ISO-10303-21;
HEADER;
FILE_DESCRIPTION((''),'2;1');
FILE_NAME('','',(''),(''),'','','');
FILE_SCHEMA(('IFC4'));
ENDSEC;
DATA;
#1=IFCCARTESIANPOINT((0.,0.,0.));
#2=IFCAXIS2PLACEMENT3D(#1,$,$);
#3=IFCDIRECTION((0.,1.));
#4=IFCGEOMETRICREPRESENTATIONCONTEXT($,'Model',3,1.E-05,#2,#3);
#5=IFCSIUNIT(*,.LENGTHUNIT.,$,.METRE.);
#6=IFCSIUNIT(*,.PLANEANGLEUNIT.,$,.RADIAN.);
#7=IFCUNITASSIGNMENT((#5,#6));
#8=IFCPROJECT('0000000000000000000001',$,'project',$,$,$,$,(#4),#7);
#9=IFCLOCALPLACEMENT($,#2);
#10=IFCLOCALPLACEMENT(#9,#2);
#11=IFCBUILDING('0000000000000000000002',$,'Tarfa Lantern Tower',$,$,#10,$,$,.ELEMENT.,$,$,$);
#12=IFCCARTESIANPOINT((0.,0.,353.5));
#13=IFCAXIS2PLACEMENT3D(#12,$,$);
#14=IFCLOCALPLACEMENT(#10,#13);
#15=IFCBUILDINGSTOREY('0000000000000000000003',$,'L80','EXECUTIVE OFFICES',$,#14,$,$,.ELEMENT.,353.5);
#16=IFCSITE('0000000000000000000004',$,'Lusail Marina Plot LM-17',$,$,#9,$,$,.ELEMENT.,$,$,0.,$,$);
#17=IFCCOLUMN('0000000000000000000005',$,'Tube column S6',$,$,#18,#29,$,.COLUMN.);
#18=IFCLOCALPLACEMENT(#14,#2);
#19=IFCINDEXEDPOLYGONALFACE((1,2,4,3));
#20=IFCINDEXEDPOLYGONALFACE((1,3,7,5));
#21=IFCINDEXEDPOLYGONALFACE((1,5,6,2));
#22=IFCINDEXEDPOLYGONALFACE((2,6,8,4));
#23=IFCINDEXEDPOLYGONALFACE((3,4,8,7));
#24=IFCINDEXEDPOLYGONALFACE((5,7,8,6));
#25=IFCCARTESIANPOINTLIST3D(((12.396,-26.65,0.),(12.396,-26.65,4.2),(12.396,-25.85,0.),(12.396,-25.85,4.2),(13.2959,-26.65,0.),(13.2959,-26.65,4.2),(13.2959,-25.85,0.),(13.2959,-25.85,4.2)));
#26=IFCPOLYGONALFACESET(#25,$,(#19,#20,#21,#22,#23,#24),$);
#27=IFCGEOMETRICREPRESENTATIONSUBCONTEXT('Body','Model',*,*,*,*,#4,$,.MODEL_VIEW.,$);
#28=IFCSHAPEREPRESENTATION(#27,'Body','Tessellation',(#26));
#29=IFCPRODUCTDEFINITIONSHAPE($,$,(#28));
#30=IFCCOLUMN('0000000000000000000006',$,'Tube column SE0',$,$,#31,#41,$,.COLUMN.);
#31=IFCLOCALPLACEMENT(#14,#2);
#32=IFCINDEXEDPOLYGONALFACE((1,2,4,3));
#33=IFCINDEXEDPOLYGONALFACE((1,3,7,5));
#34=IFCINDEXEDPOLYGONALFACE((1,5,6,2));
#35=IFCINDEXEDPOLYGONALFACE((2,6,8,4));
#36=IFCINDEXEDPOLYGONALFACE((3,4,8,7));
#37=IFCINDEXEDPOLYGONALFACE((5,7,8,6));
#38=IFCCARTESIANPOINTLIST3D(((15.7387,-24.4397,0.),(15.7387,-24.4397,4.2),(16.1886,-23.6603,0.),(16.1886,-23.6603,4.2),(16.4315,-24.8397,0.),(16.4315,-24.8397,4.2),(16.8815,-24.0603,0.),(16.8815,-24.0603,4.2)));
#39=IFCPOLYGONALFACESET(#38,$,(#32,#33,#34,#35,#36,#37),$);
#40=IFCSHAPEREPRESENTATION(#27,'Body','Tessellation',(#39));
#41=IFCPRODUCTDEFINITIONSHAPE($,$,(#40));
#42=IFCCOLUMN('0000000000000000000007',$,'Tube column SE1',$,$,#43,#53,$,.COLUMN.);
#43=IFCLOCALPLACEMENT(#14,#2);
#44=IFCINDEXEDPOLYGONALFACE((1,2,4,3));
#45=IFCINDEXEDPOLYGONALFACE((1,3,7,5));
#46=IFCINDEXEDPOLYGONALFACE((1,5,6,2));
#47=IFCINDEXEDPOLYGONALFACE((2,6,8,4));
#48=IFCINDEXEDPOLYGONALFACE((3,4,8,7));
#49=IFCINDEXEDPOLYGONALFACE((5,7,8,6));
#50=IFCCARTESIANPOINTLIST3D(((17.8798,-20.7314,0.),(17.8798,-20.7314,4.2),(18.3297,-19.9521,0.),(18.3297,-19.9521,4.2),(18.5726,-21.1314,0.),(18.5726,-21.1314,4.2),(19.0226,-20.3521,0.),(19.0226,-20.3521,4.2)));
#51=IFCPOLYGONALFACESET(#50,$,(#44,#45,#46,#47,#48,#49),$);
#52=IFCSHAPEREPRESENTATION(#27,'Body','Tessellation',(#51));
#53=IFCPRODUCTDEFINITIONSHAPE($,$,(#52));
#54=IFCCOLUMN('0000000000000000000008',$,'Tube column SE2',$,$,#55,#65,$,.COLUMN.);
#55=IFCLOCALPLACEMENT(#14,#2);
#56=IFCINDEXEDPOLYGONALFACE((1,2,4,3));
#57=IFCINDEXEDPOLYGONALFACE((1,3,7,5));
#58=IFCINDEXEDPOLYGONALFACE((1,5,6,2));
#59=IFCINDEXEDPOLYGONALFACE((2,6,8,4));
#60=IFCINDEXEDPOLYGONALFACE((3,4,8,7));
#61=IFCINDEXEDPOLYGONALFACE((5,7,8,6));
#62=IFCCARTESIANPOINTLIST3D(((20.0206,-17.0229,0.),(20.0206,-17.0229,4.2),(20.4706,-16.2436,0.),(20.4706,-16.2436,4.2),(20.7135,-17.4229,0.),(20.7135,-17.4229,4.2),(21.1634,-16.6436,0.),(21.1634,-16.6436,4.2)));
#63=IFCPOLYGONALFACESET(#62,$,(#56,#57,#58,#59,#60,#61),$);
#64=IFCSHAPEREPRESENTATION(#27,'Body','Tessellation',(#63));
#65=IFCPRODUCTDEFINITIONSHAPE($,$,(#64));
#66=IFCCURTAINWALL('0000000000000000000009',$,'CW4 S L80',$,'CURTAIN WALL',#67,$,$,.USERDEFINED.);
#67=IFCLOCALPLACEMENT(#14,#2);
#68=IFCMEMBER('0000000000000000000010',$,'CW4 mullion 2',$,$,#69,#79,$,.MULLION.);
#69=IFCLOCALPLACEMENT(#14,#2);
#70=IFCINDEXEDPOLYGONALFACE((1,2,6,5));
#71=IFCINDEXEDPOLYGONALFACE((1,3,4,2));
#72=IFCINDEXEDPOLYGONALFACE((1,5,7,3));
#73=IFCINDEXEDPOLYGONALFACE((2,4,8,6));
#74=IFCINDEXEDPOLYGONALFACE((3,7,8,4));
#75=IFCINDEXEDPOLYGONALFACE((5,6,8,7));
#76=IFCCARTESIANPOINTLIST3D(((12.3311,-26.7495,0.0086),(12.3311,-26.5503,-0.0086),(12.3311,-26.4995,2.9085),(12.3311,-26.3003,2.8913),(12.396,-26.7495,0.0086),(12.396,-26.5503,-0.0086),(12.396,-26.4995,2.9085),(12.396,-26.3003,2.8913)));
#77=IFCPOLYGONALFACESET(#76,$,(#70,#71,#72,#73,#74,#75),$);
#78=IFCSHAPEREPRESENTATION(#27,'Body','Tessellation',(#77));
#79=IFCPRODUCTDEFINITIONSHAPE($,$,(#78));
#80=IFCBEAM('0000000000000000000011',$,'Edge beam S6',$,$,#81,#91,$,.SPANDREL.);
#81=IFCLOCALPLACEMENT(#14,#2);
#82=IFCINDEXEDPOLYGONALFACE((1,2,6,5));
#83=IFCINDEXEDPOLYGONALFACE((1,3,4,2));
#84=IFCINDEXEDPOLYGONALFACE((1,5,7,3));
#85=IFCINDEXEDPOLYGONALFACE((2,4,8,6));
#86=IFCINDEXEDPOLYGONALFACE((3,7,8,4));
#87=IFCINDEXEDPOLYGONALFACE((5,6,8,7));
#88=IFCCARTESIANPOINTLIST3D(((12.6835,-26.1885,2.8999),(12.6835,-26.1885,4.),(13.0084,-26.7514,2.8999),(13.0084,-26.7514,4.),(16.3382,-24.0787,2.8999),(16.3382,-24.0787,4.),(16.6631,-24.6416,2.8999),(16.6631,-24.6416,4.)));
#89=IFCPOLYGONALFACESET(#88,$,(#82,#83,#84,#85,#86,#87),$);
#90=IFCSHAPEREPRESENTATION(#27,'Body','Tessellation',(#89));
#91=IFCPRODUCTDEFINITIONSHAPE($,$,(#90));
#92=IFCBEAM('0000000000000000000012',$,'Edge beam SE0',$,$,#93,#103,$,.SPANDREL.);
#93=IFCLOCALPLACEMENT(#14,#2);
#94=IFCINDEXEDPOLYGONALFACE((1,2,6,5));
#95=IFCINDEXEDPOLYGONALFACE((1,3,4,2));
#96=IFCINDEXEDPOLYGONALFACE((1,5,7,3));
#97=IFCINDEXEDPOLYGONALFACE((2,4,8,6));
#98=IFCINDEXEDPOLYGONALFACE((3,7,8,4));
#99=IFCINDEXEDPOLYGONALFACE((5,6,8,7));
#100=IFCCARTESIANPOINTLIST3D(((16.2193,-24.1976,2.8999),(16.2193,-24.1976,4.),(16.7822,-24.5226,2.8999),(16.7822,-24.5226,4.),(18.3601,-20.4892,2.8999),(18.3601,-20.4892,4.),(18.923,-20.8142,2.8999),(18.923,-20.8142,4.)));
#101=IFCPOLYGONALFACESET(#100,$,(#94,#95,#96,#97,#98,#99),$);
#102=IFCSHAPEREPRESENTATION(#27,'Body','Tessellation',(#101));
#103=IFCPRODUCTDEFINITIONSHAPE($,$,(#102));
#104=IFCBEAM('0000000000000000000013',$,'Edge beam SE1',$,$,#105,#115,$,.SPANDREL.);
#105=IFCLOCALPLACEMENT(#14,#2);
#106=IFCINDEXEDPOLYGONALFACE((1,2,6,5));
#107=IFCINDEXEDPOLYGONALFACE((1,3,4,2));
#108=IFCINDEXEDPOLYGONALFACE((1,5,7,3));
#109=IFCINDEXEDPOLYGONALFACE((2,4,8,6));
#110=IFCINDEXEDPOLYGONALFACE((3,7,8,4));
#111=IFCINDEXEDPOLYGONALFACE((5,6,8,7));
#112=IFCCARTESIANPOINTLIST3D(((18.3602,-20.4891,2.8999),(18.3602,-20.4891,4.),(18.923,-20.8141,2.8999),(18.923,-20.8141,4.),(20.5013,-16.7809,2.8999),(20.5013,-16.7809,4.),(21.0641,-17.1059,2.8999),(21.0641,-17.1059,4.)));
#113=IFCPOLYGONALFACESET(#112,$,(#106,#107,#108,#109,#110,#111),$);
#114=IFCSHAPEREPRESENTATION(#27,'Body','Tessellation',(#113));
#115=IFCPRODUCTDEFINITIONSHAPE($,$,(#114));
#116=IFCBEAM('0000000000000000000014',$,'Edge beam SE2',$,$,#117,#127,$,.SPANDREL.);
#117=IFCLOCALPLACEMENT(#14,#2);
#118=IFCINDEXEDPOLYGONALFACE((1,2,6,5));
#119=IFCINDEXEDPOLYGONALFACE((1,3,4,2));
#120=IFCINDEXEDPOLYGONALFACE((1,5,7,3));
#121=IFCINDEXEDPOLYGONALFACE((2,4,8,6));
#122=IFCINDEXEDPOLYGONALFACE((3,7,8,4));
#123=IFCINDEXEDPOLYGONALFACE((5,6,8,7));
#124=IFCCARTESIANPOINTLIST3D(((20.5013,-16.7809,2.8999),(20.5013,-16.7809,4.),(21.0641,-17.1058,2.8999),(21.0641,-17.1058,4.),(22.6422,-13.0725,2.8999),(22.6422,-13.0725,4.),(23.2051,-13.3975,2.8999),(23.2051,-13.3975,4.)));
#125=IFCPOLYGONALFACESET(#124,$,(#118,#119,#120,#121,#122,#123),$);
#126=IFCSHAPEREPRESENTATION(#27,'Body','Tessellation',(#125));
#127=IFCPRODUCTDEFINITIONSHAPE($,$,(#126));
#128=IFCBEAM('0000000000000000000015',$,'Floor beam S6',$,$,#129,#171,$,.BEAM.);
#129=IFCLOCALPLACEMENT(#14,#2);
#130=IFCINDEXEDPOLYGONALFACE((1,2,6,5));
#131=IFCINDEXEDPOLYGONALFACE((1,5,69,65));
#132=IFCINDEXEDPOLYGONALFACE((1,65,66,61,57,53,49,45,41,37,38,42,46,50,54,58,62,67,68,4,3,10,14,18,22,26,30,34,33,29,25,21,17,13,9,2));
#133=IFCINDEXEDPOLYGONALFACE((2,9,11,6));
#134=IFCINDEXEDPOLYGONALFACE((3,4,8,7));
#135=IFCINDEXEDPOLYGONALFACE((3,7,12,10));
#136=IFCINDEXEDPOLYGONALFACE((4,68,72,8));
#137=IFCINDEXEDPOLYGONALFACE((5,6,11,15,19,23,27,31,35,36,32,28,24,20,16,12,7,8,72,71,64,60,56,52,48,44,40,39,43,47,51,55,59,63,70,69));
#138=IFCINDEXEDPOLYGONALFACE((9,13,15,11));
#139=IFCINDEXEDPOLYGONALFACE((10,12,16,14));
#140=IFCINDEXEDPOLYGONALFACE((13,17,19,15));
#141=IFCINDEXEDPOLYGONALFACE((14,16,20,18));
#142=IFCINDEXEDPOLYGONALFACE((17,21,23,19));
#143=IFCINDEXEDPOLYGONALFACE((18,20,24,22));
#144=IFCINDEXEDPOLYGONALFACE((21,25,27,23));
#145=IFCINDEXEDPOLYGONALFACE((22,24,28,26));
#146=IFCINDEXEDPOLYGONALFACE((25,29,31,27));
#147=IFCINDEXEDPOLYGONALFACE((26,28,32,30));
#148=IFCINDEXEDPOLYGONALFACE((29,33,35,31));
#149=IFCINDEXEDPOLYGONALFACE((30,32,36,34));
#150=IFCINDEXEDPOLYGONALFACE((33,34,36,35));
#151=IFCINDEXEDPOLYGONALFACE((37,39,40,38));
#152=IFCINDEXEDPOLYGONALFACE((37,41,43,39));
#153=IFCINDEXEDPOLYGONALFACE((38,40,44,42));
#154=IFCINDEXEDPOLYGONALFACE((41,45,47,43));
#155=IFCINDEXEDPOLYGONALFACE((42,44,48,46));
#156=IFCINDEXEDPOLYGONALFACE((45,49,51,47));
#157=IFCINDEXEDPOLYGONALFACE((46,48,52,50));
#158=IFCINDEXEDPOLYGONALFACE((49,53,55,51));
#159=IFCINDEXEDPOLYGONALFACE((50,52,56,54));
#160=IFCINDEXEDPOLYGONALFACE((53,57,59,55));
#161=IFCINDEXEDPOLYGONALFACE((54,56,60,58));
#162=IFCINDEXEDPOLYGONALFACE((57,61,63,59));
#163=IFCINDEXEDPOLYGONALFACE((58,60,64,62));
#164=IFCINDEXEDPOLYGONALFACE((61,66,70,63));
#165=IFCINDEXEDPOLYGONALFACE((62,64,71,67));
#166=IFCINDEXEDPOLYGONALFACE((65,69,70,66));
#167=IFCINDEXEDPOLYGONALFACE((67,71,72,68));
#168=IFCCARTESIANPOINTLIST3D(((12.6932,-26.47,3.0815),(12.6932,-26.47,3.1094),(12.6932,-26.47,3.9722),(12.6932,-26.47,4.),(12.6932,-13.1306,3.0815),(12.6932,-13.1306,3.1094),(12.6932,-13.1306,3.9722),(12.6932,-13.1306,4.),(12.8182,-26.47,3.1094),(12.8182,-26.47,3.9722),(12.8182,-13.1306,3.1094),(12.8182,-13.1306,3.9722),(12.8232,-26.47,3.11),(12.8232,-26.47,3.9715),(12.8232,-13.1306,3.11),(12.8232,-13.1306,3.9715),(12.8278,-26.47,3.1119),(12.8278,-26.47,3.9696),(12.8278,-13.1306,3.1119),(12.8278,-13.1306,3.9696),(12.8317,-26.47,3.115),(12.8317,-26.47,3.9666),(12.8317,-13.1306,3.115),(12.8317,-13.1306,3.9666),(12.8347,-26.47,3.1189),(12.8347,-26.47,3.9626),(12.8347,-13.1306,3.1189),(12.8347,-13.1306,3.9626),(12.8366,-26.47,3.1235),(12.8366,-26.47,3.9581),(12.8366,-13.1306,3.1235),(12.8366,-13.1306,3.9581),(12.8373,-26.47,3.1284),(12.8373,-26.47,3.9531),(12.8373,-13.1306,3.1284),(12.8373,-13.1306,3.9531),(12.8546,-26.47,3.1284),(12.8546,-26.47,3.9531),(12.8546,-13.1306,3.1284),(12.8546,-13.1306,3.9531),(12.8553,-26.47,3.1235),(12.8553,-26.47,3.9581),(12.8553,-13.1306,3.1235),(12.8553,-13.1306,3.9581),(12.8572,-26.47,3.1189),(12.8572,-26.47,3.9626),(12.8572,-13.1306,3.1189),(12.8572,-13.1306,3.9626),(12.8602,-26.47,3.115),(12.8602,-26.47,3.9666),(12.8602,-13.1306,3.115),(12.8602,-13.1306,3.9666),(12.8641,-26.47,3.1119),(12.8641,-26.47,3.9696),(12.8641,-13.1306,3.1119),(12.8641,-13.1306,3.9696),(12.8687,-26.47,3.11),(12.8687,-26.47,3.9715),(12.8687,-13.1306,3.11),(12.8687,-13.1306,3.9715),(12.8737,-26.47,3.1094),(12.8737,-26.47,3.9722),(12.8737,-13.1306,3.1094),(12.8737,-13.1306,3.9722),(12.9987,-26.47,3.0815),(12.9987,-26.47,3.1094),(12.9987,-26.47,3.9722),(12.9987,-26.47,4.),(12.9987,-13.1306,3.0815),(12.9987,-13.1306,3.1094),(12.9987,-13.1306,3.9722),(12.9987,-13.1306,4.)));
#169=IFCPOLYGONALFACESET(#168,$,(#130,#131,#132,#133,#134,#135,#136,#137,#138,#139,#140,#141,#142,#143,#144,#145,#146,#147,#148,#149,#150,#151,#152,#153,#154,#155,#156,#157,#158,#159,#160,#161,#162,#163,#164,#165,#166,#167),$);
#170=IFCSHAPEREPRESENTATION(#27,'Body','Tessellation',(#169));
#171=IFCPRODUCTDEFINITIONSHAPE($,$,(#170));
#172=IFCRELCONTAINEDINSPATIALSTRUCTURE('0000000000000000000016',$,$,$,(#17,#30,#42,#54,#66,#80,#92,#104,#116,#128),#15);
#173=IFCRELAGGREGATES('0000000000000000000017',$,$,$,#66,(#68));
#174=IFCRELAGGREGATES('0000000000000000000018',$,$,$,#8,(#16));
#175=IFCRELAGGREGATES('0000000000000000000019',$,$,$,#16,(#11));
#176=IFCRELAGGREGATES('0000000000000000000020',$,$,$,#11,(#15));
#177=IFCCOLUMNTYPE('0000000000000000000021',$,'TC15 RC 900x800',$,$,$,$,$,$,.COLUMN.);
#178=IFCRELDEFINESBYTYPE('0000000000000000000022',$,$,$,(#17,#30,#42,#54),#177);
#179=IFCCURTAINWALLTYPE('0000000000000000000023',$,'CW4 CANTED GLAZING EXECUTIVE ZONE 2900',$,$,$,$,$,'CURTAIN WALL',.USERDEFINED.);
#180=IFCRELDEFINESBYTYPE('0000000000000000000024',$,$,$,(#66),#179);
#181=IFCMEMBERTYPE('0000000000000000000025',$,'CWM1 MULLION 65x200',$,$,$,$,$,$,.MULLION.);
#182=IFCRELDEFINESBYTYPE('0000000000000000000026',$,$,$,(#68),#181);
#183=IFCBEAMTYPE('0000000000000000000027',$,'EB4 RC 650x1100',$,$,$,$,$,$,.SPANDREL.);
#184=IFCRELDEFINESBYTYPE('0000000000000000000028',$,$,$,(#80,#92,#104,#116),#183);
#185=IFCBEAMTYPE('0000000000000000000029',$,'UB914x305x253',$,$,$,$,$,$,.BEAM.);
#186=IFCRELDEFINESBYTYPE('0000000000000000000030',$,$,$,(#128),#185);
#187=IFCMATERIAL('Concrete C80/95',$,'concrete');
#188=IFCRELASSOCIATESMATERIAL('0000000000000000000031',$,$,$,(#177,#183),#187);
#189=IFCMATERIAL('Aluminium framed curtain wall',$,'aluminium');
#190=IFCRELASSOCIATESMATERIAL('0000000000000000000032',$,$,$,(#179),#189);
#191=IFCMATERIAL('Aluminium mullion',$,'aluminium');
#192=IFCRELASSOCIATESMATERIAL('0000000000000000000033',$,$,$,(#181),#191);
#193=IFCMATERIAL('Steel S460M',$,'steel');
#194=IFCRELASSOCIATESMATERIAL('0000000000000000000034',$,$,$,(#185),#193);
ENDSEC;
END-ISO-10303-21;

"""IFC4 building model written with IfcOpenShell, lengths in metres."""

from ifc_helpers import new_model, si_unit, direction, frame, origin, origin_2d, place, context, subcontext, project, spatial, rectangle, i_section, extrude, material, material_profile, profile_set, type_object, element, aggregate, save


model = new_model("IFC4")

# Units and contexts
model_context = context("Model", 3, precision=1e-05, world=origin(), true_north=direction((0.0, 1.0)))
body_context = subcontext(model_context, "Body", "Model", "MODEL_VIEW")
ifc_project = project(units=[si_unit("LENGTHUNIT", "METRE"), si_unit("PLANEANGLEUNIT", "RADIAN")], contexts=[model_context])

# Site, building, storey
site_placement = place(None, origin())
site = spatial("IfcSite", under=ifc_project, at=site_placement, Name="Lusail Marina Plot LM-17", CompositionType="ELEMENT", RefElevation=0.0)
building_placement = place(site_placement, origin())
building = spatial("IfcBuilding", under=site, at=building_placement, Name="Tarfa Lantern Tower", CompositionType="ELEMENT")
storey_placement = place(building_placement, frame((0.0, 0.0, 353.5)))
storey = spatial("IfcBuildingStorey", under=building, at=storey_placement, Name="L80", Description="EXECUTIVE OFFICES", CompositionType="ELEMENT", Elevation=353.5)

# Columns
ifc_material_1 = material(Name="Concrete C80/95", Category="concrete")
ifc_material_profile_1 = material_profile(ifc_material_1, rectangle(XDim=0.8999, YDim=0.8, at=origin_2d()), Name="RC 900x800")
ifc_profile_set_1 = profile_set([ifc_material_profile_1], Name="Concrete C80/95")
column_type = type_object("IfcColumnType", Name="TC15 RC 900x800", PredefinedType="COLUMN", material=ifc_profile_set_1)
for number, where, z_axis, x_axis, name in (
    (1, (12.8459, -26.25, 0.0), (0.0, 0.0, 1.0), (1.0, 0.0, 0.0), "Tube column S6"),
    (2, (16.3101, -24.25, 0.0), (0.0, 0.0, 1.0), (0.5, 0.866025, 0.0), "Tube column SE0"),
    (3, (18.4512, -20.5417, 0.0), (0.0, 0.0, 1.0), (0.5, 0.866025, 0.0), "Tube column SE1"),
    (4, (20.592, -16.8333, 0.0), (0.0, 0.0, 1.0), (0.5, 0.866025, 0.0), "Tube column SE2"),
):
    element("IfcColumn", number, at=place(storey_placement, frame(where, z_axis=z_axis, x_axis=x_axis)), inside=storey, type_object=column_type, Name=name, PredefinedType="COLUMN", context=body_context, shape_type="SweptSolid", body=[
        extrude(rectangle(XDim=0.8999, YDim=0.8, at=origin_2d()), origin(), (0.0, 0.0, 1.0), 4.2),
    ])

# Curtain wall, member
ifc_material_2 = material(Name="Aluminium framed curtain wall", Category="aluminium")
curtain_wall_type = type_object("IfcCurtainWallType", Name="CW4 CANTED GLAZING EXECUTIVE ZONE 2900", ElementType="CURTAIN WALL", PredefinedType="USERDEFINED", material=ifc_material_2)
curtain_wall_placement = place(storey_placement, origin())
curtain_wall = element("IfcCurtainWall", 5, at=curtain_wall_placement, inside=storey, type_object=curtain_wall_type, Name="CW4 S L80", ObjectType="CURTAIN WALL", PredefinedType="USERDEFINED")
ifc_material_3 = material(Name="Aluminium mullion", Category="aluminium")
ifc_material_profile_2 = material_profile(ifc_material_3, rectangle(XDim=0.0649, YDim=0.2, at=origin_2d()), Name="AL MULLION 65x200")
ifc_profile_set_2 = profile_set([ifc_material_profile_2], Name="Aluminium mullion")
member_type = type_object("IfcMemberType", Name="CWM1 MULLION 65x200", PredefinedType="MULLION", material=ifc_profile_set_2)
member_placement = place(storey_placement, frame((12.3635, -26.6499, 0.0), z_axis=(0.0, 0.085891, 0.996305), x_axis=(-1.0, 0.0, 0.0)))
member = element("IfcMember", 6, at=member_placement, type_object=member_type, Name="CW4 mullion 2", PredefinedType="MULLION", context=body_context, shape_type="SweptSolid", body=[
    extrude(rectangle(XDim=0.0649, YDim=0.2, at=origin_2d()), origin(), (0.0, 0.0, 1.0), 2.9106),
])
aggregate(curtain_wall, [member])

# Beams
ifc_material_profile_3 = material_profile(ifc_material_1, rectangle(XDim=0.6499, YDim=1.1001, at=origin_2d()), Name="RC 650x1100")
ifc_profile_set_3 = profile_set([ifc_material_profile_3], Name="Concrete C80/95")
beam_type_1 = type_object("IfcBeamType", Name="EB4 RC 650x1100", PredefinedType="SPANDREL", material=ifc_profile_set_3)
beam_1_placement = place(storey_placement, frame((12.8459, -26.47, 3.45), z_axis=(0.866049, 0.499959, 0.0), x_axis=(-0.499959, 0.866049, 0.0)))
element("IfcBeam", 7, at=beam_1_placement, inside=storey, type_object=beam_type_1, Name="Edge beam S6", PredefinedType="SPANDREL", context=body_context, shape_type="SweptSolid", body=[
    extrude(rectangle(XDim=0.6499, YDim=1.1001, at=origin_2d()), origin(), (0.0, 0.0, 1.0), 4.22),
])
for number, where, z_axis, x_axis, name in (
    (8, (16.5007, -24.3601, 3.45), (0.499959, 0.866049, 0.0), (-0.866049, 0.499959, 0.0), "Edge beam SE0"),
    (9, (18.6416, -20.6516, 3.45), (0.500027, 0.86601, 0.0), (-0.86601, 0.500027, 0.0), "Edge beam SE1"),
    (10, (20.7827, -16.9434, 3.45), (0.499984, 0.866035, 0.0), (-0.866035, 0.499984, 0.0), "Edge beam SE2"),
):
    element("IfcBeam", number, at=place(storey_placement, frame(where, z_axis=z_axis, x_axis=x_axis)), inside=storey, type_object=beam_type_1, Name=name, PredefinedType="SPANDREL", context=body_context, shape_type="SweptSolid", body=[
        extrude(rectangle(XDim=0.6499, YDim=1.1001, at=origin_2d()), origin(), (0.0, 0.0, 1.0), 4.282),
    ])
ifc_material_4 = material(Name="Steel S460M", Category="steel")
ifc_material_profile_4 = material_profile(ifc_material_4, i_section(OverallWidth=0.3054, OverallDepth=0.9185, WebThickness=0.0173, FlangeThickness=0.0278, FilletRadius=0.019, at=origin_2d()), Name="UB914x305x253")
ifc_profile_set_4 = profile_set([ifc_material_profile_4], Name="Steel S460M")
beam_type_2 = type_object("IfcBeamType", Name="UB914x305x253", PredefinedType="BEAM", material=ifc_profile_set_4)
beam_2_placement = place(storey_placement, frame((12.8459, -26.47, 3.5408), z_axis=(0.0, 1.0, 0.0), x_axis=(-1.0, 0.0, 0.0)))
element("IfcBeam", 11, at=beam_2_placement, inside=storey, type_object=beam_type_2, Name="Floor beam S6", PredefinedType="BEAM", context=body_context, shape_type="SweptSolid", body=[
    extrude(i_section(OverallWidth=0.3054, OverallDepth=0.9185, WebThickness=0.0173, FlangeThickness=0.0278, FilletRadius=0.019, at=origin_2d()), origin(), (0.0, 0.0, 1.0), 13.3394),
])

save(model, "model.ifc")
